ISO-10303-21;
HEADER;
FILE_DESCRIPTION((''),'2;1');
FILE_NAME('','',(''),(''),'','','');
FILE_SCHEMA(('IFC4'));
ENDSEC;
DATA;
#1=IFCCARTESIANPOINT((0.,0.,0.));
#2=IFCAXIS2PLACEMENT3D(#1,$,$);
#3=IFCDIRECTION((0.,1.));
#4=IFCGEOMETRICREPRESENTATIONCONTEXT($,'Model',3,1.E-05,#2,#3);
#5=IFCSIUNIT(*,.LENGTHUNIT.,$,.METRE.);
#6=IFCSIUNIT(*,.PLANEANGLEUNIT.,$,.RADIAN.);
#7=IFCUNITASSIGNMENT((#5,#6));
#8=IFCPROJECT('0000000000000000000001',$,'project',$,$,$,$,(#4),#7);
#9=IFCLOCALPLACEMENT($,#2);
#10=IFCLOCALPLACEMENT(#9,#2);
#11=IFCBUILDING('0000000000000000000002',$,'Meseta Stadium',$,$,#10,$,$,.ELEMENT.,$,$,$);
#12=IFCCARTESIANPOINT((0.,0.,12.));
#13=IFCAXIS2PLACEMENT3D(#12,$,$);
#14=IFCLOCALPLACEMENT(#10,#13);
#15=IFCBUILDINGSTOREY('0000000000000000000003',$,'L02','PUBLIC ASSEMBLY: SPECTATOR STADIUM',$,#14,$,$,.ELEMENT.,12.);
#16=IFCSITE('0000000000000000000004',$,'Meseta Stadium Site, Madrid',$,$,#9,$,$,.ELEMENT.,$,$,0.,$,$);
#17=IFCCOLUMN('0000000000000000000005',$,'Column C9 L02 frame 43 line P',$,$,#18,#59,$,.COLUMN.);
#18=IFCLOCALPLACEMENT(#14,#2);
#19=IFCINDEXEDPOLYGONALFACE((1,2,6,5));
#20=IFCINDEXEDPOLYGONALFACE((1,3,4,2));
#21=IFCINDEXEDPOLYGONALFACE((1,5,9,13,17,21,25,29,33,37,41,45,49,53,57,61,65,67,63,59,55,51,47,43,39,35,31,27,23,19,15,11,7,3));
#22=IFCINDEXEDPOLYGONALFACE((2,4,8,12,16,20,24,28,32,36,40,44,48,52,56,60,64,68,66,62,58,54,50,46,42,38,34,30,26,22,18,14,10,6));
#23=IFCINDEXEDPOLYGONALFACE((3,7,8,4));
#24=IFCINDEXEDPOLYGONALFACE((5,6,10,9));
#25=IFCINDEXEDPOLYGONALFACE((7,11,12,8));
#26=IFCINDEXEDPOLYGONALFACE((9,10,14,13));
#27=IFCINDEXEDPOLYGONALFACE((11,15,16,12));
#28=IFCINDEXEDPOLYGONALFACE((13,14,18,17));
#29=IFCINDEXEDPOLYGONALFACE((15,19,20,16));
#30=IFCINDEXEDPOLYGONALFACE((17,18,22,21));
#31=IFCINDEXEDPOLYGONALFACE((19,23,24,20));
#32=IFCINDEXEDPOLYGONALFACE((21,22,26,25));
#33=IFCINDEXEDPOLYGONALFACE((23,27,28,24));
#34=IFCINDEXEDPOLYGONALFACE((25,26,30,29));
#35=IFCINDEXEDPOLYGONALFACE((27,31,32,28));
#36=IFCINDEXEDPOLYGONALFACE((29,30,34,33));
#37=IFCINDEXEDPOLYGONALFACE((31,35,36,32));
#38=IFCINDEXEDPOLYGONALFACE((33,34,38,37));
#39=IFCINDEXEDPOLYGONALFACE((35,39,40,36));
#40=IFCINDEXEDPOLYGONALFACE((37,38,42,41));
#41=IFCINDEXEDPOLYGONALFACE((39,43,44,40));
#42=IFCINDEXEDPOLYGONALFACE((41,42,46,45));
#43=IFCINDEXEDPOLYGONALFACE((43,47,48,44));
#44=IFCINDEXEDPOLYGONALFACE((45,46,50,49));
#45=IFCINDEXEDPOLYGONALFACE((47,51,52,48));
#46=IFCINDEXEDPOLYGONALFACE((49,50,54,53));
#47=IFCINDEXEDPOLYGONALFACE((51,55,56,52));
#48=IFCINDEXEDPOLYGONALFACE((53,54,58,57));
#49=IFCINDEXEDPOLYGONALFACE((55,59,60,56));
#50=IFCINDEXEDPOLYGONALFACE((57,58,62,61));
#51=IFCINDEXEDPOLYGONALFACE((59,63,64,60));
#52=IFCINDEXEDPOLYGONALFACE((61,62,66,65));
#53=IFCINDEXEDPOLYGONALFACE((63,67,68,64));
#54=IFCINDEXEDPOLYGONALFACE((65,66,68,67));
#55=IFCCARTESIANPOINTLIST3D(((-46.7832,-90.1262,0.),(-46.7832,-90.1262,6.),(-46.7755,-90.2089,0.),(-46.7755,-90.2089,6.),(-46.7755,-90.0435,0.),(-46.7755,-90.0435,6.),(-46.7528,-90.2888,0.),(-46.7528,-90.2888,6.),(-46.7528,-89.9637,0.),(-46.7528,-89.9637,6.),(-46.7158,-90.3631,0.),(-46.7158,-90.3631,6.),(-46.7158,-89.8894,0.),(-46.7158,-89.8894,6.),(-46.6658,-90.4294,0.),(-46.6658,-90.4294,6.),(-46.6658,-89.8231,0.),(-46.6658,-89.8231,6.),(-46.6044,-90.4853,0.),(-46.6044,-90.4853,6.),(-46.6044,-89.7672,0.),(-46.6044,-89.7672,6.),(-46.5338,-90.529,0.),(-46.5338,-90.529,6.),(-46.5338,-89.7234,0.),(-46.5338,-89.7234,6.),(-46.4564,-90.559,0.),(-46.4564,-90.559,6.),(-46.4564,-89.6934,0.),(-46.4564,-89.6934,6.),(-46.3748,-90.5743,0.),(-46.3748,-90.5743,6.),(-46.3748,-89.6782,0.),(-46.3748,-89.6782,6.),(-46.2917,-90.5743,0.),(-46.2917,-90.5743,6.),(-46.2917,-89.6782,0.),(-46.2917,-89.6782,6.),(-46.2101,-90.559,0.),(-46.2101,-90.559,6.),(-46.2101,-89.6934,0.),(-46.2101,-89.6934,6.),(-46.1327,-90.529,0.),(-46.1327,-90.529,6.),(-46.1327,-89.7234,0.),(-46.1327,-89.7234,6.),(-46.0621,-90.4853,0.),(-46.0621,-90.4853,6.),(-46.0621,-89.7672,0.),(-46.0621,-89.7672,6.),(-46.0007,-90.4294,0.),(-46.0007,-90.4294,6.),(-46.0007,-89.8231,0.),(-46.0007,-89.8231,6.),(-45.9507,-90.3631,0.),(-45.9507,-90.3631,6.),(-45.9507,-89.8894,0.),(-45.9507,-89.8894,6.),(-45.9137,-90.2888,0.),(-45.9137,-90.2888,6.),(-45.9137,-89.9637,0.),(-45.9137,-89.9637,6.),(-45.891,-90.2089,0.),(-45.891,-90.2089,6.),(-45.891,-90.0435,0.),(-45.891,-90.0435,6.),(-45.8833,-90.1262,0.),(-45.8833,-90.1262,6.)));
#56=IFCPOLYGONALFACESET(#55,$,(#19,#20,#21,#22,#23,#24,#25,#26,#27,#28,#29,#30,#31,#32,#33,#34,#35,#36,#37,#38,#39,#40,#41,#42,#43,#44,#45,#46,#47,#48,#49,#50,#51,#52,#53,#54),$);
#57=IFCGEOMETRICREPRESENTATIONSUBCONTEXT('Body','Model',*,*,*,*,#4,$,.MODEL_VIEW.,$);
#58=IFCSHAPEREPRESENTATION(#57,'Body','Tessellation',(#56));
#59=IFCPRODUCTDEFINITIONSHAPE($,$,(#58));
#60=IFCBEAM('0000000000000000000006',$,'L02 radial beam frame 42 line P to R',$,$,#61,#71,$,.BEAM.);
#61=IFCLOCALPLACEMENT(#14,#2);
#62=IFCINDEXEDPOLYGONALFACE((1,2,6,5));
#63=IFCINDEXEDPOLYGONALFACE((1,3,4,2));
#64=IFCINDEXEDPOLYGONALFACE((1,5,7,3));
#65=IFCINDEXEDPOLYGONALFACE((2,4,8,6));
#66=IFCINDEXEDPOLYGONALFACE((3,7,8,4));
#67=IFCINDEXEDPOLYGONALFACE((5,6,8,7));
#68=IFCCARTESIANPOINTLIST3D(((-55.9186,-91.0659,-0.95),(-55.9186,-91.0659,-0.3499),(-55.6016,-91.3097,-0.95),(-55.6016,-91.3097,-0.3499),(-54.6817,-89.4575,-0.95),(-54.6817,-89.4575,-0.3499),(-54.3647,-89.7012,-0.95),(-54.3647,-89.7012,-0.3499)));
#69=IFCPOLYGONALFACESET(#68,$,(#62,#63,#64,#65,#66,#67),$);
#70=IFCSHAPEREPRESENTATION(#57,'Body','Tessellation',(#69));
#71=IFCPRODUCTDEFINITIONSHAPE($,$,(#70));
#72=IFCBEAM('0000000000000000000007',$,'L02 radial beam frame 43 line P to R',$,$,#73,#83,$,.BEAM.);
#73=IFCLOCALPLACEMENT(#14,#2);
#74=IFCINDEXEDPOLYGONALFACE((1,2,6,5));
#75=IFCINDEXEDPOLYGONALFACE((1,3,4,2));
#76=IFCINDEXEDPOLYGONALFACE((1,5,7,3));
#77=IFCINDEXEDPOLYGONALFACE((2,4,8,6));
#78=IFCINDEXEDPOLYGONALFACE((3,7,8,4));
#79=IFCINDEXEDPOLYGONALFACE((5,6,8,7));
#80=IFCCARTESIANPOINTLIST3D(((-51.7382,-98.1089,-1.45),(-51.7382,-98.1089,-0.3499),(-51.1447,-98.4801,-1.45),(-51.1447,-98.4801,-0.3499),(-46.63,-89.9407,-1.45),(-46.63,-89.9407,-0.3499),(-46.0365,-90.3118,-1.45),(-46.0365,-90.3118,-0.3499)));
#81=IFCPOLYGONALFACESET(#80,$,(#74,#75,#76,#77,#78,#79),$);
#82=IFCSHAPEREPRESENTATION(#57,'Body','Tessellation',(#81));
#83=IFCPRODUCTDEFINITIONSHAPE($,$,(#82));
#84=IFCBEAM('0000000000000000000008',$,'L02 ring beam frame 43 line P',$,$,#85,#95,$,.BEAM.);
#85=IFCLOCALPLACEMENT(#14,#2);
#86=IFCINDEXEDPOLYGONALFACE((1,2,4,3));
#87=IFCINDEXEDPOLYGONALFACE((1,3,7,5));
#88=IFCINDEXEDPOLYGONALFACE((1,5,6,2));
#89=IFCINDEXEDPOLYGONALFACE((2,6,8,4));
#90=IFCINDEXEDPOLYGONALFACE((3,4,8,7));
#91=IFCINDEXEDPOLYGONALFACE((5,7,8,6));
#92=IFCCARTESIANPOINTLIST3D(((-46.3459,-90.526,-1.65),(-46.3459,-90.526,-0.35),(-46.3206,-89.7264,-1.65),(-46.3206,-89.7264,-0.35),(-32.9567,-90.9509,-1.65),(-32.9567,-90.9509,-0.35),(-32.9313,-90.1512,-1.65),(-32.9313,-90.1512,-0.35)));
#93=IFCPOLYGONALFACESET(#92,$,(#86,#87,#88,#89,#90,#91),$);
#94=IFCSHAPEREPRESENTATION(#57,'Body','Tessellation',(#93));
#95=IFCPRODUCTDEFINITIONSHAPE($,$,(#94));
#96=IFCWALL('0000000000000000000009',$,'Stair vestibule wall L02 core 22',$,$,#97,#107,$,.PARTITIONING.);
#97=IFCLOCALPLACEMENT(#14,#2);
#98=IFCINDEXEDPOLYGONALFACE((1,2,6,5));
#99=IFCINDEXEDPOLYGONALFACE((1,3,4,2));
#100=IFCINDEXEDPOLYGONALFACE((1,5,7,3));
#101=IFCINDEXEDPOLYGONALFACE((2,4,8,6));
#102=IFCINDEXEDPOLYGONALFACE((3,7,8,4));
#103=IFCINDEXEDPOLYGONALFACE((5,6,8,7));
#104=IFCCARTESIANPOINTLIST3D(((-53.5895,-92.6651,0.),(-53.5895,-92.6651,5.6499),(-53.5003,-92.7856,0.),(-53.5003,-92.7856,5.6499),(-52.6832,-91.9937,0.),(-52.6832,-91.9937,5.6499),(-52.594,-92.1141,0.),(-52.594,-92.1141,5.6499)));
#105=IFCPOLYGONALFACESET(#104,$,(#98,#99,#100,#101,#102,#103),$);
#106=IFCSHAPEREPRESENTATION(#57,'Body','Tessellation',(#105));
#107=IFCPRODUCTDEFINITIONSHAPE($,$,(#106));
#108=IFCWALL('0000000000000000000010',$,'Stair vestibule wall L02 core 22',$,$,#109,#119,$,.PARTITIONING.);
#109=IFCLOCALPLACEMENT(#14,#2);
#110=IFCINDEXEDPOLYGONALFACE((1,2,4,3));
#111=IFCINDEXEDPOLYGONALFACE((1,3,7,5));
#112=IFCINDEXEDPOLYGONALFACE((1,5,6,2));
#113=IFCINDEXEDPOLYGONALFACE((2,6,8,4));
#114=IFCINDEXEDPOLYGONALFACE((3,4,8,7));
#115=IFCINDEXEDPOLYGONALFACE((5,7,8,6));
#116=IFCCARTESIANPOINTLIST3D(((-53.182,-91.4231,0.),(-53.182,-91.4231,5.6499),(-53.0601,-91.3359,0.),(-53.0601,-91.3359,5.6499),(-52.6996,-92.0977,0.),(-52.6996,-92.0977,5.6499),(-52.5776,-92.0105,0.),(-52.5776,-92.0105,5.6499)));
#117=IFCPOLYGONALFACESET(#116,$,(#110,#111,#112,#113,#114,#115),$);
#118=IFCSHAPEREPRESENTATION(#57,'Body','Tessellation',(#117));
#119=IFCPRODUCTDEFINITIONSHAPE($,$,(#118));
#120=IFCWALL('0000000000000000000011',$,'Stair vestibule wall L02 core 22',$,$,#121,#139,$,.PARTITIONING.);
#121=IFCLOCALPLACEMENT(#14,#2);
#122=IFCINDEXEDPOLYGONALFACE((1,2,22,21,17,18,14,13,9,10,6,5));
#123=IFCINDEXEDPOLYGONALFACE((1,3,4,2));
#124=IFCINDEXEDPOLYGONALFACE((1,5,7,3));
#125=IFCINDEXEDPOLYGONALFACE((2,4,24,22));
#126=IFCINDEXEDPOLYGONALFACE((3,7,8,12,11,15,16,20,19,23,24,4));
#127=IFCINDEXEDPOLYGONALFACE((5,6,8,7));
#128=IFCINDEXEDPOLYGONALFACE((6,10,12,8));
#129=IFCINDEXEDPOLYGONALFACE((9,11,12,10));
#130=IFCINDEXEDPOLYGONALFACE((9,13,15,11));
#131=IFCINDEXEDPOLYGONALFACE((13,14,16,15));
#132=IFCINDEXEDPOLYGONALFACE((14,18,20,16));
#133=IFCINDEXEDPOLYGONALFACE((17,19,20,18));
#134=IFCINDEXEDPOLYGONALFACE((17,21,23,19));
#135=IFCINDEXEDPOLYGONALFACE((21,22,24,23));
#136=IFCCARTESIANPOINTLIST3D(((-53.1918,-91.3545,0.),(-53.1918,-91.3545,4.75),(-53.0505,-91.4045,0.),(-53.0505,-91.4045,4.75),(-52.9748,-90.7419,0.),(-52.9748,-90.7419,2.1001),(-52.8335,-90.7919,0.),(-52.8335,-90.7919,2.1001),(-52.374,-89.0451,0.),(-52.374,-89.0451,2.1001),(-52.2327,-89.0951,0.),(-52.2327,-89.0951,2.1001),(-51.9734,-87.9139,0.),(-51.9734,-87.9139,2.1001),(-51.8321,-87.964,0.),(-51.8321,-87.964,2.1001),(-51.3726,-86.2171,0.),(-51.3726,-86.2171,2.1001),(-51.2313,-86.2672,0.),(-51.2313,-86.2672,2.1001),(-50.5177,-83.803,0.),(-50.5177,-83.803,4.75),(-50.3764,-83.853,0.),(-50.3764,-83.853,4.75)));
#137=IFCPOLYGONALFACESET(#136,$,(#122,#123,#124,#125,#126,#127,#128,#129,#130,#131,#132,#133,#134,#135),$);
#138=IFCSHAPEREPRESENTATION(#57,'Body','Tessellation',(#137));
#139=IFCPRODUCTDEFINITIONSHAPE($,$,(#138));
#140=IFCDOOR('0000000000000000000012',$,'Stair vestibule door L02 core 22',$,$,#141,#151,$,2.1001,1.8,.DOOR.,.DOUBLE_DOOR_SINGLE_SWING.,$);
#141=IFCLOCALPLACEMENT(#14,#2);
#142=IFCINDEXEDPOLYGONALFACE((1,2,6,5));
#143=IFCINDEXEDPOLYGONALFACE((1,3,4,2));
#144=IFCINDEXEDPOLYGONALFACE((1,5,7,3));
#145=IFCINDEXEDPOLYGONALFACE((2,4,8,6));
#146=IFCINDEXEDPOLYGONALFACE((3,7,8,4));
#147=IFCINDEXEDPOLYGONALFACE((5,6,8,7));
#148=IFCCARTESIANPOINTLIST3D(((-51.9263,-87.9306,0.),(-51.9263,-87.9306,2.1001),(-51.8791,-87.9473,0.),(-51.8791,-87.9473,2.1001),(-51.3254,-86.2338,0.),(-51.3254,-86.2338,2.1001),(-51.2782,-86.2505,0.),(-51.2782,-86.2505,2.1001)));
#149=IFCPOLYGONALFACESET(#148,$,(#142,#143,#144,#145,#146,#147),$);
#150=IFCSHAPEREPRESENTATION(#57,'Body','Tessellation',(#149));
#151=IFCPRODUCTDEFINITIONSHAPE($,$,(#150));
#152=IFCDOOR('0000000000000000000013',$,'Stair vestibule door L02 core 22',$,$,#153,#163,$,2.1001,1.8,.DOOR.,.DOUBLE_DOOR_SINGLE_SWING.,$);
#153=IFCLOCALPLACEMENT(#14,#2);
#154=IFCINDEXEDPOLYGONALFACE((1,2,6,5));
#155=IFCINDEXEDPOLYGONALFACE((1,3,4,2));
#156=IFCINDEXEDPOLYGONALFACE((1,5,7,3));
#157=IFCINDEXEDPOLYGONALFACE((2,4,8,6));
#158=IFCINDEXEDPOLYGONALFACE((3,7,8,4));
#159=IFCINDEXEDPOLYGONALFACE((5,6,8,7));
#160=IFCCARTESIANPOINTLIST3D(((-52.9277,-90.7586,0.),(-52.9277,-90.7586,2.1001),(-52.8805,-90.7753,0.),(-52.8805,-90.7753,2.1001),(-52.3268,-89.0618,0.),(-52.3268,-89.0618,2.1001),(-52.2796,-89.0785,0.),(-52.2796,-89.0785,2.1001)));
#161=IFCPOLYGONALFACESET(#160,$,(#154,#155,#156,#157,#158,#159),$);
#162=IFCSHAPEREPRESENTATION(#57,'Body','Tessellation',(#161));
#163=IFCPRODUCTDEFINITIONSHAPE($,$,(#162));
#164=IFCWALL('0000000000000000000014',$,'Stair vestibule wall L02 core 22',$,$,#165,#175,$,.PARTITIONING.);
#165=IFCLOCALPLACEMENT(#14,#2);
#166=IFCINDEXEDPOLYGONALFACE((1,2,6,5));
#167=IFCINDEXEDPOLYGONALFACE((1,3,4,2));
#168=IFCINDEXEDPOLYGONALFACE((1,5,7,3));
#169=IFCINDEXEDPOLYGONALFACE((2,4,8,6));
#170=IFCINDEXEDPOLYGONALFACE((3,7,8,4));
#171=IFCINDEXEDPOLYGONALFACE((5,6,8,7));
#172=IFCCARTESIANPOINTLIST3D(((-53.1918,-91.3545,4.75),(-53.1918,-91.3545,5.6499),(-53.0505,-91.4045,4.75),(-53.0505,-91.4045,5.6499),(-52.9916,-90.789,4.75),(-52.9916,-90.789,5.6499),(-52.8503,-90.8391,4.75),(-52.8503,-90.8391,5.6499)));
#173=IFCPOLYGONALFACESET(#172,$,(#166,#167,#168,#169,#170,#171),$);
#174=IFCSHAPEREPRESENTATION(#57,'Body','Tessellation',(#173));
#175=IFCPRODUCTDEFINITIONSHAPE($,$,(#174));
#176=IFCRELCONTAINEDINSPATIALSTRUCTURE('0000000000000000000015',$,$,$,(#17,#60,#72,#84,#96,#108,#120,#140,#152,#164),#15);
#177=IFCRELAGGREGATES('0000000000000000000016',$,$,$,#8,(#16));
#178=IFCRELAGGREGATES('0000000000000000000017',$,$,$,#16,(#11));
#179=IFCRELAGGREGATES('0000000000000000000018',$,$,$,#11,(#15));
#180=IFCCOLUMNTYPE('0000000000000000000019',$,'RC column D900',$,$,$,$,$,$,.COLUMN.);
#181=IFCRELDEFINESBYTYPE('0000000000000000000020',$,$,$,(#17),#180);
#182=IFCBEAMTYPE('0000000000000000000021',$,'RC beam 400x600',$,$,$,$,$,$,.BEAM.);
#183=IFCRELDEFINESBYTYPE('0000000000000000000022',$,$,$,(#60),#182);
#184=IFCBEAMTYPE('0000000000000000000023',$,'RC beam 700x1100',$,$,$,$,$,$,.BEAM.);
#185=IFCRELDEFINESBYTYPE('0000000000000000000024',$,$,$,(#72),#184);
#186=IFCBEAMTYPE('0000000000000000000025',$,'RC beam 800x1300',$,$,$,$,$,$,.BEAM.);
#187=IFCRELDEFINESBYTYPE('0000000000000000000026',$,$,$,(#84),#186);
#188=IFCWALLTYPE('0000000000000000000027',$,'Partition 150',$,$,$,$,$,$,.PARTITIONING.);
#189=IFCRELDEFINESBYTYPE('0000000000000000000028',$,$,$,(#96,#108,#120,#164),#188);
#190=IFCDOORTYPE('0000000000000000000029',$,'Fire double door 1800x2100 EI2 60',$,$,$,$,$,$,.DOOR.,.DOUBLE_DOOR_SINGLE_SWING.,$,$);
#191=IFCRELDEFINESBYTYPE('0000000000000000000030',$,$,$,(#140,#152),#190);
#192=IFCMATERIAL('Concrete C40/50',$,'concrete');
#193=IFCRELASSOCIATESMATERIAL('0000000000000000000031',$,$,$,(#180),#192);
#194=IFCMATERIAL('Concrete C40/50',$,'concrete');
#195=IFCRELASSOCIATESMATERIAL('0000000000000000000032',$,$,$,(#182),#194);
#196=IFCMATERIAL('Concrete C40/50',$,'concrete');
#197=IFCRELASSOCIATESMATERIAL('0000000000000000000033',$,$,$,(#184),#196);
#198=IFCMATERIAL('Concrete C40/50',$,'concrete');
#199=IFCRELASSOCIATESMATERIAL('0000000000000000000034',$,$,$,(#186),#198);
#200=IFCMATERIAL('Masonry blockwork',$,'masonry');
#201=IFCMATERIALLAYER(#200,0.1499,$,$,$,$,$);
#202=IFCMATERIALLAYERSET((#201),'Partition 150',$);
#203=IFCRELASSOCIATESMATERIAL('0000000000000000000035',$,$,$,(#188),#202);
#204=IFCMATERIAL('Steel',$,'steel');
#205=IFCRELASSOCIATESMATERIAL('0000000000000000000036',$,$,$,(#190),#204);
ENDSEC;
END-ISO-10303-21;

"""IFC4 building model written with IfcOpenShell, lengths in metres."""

from ifc_helpers import new_model, si_unit, direction, frame, frame_2d, origin, origin_2d, place, context, subcontext, project, spatial, rectangle, circle, extrude, material, layer, layer_set, material_profile, profile_set, type_object, element, fill, save


model = new_model("IFC4")

# Units and contexts
model_context = context("Model", 3, precision=1e-05, world=origin(), true_north=direction((0.0, 1.0)))
body_context = subcontext(model_context, "Body", "Model", "MODEL_VIEW")
ifc_project = project(units=[si_unit("LENGTHUNIT", "METRE"), si_unit("PLANEANGLEUNIT", "RADIAN")], contexts=[model_context])

# Site, building, storey
site_placement = place(None, origin())
site = spatial("IfcSite", under=ifc_project, at=site_placement, Name="Meseta Stadium Site, Madrid", CompositionType="ELEMENT", RefElevation=0.0)
building_placement = place(site_placement, origin())
building = spatial("IfcBuilding", under=site, at=building_placement, Name="Meseta Stadium", CompositionType="ELEMENT")
storey_placement = place(building_placement, frame((0.0, 0.0, 12.0)))
storey = spatial("IfcBuildingStorey", under=building, at=storey_placement, Name="L02", Description="PUBLIC ASSEMBLY: SPECTATOR STADIUM", CompositionType="ELEMENT", Elevation=12.0)

# Column
ifc_material_1 = material(Name="Concrete C40/50", Category="concrete")
ifc_material_profile_1 = material_profile(ifc_material_1, circle(Radius=0.45, at=origin_2d()), Name="RC D900")
ifc_profile_set_1 = profile_set([ifc_material_profile_1], Name="Concrete C40/50")
column_type = type_object("IfcColumnType", Name="RC column D900", PredefinedType="COLUMN", material=ifc_profile_set_1)
column_placement = place(storey_placement, frame((-46.3333, -90.1262, 0.0), z_axis=(0.0, 0.0, 1.0), x_axis=(1.0, 0.0, 0.0)))
element("IfcColumn", 1, at=column_placement, inside=storey, type_object=column_type, Name="Column C9 L02 frame 43 line P", PredefinedType="COLUMN", context=body_context, shape_type="SweptSolid", body=[
    extrude(circle(Radius=0.45, at=origin_2d()), origin(), (0.0, 0.0, 1.0), 6.0),
])

# Beams
ifc_material_2 = material(Name="Concrete C40/50", Category="concrete")
ifc_material_profile_2 = material_profile(ifc_material_2, rectangle(XDim=0.3999, YDim=0.6001, at=origin_2d()), Name="RC 400x600")
ifc_profile_set_2 = profile_set([ifc_material_profile_2], Name="Concrete C40/50")
beam_type_1 = type_object("IfcBeamType", Name="RC beam 400x600", PredefinedType="BEAM", material=ifc_profile_set_2)
beam_1_placement = place(storey_placement, frame((-54.5232, -89.5793, -0.6499), z_axis=(-0.609583, -0.792722, 0.0), x_axis=(0.792722, -0.609583, 0.0)))
element("IfcBeam", 2, at=beam_1_placement, inside=storey, type_object=beam_type_1, Name="L02 radial beam frame 42 line P to R", PredefinedType="BEAM", context=body_context, shape_type="SweptSolid", body=[
    extrude(rectangle(XDim=0.3999, YDim=0.6001, at=origin_2d()), origin(), (0.0, 0.0, 1.0), 2.0291),
])
ifc_material_3 = material(Name="Concrete C40/50", Category="concrete")
ifc_material_profile_3 = material_profile(ifc_material_3, rectangle(XDim=0.7, YDim=1.1001, at=origin_2d()), Name="RC 700x1100")
ifc_profile_set_3 = profile_set([ifc_material_profile_3], Name="Concrete C40/50")
beam_type_2 = type_object("IfcBeamType", Name="RC beam 700x1100", PredefinedType="BEAM", material=ifc_profile_set_3)
beam_2_placement = place(storey_placement, frame((-46.3333, -90.1262, -0.8999), z_axis=(-0.530224, -0.847857, 0.0), x_axis=(0.847857, -0.530224, 0.0)))
element("IfcBeam", 3, at=beam_2_placement, inside=storey, type_object=beam_type_2, Name="L02 radial beam frame 43 line P to R", PredefinedType="BEAM", context=body_context, shape_type="SweptSolid", body=[
    extrude(rectangle(XDim=0.7, YDim=1.1001, at=origin_2d()), origin(), (0.0, 0.0, 1.0), 9.634),
])
ifc_material_4 = material(Name="Concrete C40/50", Category="concrete")
ifc_material_profile_4 = material_profile(ifc_material_4, rectangle(XDim=0.8, YDim=1.3, at=origin_2d()), Name="RC 800x1300")
ifc_profile_set_4 = profile_set([ifc_material_profile_4], Name="Concrete C40/50")
beam_type_3 = type_object("IfcBeamType", Name="RC beam 800x1300", PredefinedType="BEAM", material=ifc_profile_set_4)
beam_3_placement = place(storey_placement, frame((-46.3333, -90.1262, -1.0), z_axis=(0.999497, -0.031712, 0.0), x_axis=(0.031712, 0.999497, 0.0)))
element("IfcBeam", 4, at=beam_3_placement, inside=storey, type_object=beam_type_3, Name="L02 ring beam frame 43 line P", PredefinedType="BEAM", context=body_context, shape_type="SweptSolid", body=[
    extrude(rectangle(XDim=0.8, YDim=1.3, at=origin_2d()), origin(), (0.0, 0.0, 1.0), 13.396),
])

# Shared definitions
ifc_material_5 = material(Name="Masonry blockwork", Category="masonry")
ifc_layer = layer(ifc_material_5, 0.1499)
ifc_layer_set = layer_set([ifc_layer], Name="Partition 150")
wall_type = type_object("IfcWallType", Name="Partition 150", PredefinedType="PARTITIONING", material=ifc_layer_set)

# Walls
wall_1_placement = place(storey_placement, frame((-53.5449, -92.7253, 0.0), z_axis=(0.0, 0.0, 1.0), x_axis=(0.803519, 0.595279, 0.0)))
element("IfcWall", 5, at=wall_1_placement, inside=storey, type_object=wall_type, Name="Stair vestibule wall L02 core 22", PredefinedType="PARTITIONING", context=body_context, shape_type="SweptSolid", body=[
    extrude(rectangle(XDim=1.1279, YDim=0.1499, at=frame_2d((0.564, 0.0))), origin(), (0.0, 0.0, 1.0), 5.6499),
])
wall_2_placement = place(storey_placement, frame((-52.6387, -92.054, 0.0), z_axis=(0.0, 0.0, 1.0), x_axis=(-0.581712, 0.813395, 0.0)))
element("IfcWall", 6, at=wall_2_placement, inside=storey, type_object=wall_type, Name="Stair vestibule wall L02 core 22", PredefinedType="PARTITIONING", context=body_context, shape_type="SweptSolid", body=[
    extrude(rectangle(XDim=0.8293, YDim=0.1499, at=frame_2d((0.4146, 0.0))), origin(), (0.0, 0.0, 1.0), 5.6499),
])

# Wall, openings, doors
wall_3_placement = place(storey_placement, frame((-53.1211, -91.3794, 0.0), z_axis=(0.0, 0.0, 1.0), x_axis=(0.3338, 0.942644, 0.0)))
wall_3 = element("IfcWall", 7, at=wall_3_placement, inside=storey, type_object=wall_type, Name="Stair vestibule wall L02 core 22", PredefinedType="PARTITIONING", context=body_context, shape_type="SweptSolid", body=[
    extrude(rectangle(XDim=8.011, YDim=0.1499, at=frame_2d((4.0054, 0.0))), origin(), (0.0, 0.0, 1.0), 4.75),
])
opening_1_placement = place(wall_3_placement, frame((3.6499, 0.0, 0.0)))
opening_1 = element("IfcOpeningElement", 8, at=opening_1_placement, cuts=wall_3, PredefinedType="OPENING", context=body_context, shape_type="SweptSolid", body=[
    extrude(rectangle(XDim=1.8, YDim=2.1001, at=frame_2d((0.8999, 1.05))), frame((0.0, 0.085, 0.0), z_axis=(0.0, -1.0, 0.0), x_axis=(1.0, 0.0, 0.0)), (0.0, 0.0, 1.0), 0.1699),
])
opening_2_placement = place(wall_3_placement, frame((0.6499, 0.0, 0.0)))
opening_2 = element("IfcOpeningElement", 9, at=opening_2_placement, cuts=wall_3, PredefinedType="OPENING", context=body_context, shape_type="SweptSolid", body=[
    extrude(rectangle(XDim=1.8, YDim=2.1001, at=frame_2d((0.8999, 1.05))), frame((0.0, 0.085, 0.0), z_axis=(0.0, -1.0, 0.0), x_axis=(1.0, 0.0, 0.0)), (0.0, 0.0, 1.0), 0.1699),
])
ifc_material_6 = material(Name="Steel", Category="steel")
door_type_1 = type_object("IfcDoorType", Name="Fire double door 1800x2100 EI2 60", OperationType="DOUBLE_DOOR_SINGLE_SWING", PredefinedType="DOOR", material=ifc_material_6)
door_1_placement = place(opening_1_placement, origin())
door_1 = element("IfcDoor", 10, at=door_1_placement, inside=storey, type_object=door_type_1, Name="Stair vestibule door L02 core 22", OperationType="DOUBLE_DOOR_SINGLE_SWING", OverallHeight=2.1001, OverallWidth=1.8, PredefinedType="DOOR", context=body_context, shape_type="SweptSolid", body=[
    extrude(rectangle(XDim=1.8, YDim=2.1001, at=frame_2d((0.8999, 1.05))), frame((0.0, 0.0249, 0.0), z_axis=(0.0, -1.0, 0.0), x_axis=(1.0, 0.0, 0.0)), (0.0, 0.0, 1.0), 0.05),
])
fill(opening_1, door_1)
door_2_placement = place(opening_2_placement, origin())
door_2 = element("IfcDoor", 11, at=door_2_placement, inside=storey, type_object=door_type_1, Name="Stair vestibule door L02 core 22", OperationType="DOUBLE_DOOR_SINGLE_SWING", OverallHeight=2.1001, OverallWidth=1.8, PredefinedType="DOOR", context=body_context, shape_type="SweptSolid", body=[
    extrude(rectangle(XDim=1.8, YDim=2.1001, at=frame_2d((0.8999, 1.05))), frame((0.0, 0.0249, 0.0), z_axis=(0.0, -1.0, 0.0), x_axis=(1.0, 0.0, 0.0)), (0.0, 0.0, 1.0), 0.05),
])
fill(opening_2, door_2)

# Wall
wall_4_placement = place(storey_placement, frame((-53.1211, -91.3794, 4.75), z_axis=(0.0, 0.0, 1.0), x_axis=(0.333757, 0.942659, 0.0)))
element("IfcWall", 12, at=wall_4_placement, inside=storey, type_object=wall_type, Name="Stair vestibule wall L02 core 22", PredefinedType="PARTITIONING", context=body_context, shape_type="SweptSolid", body=[
    extrude(rectangle(XDim=0.5999, YDim=0.1499, at=frame_2d((0.2998, 0.0))), origin(), (0.0, 0.0, 1.0), 0.8999),
])

save(model, "model.ifc")
